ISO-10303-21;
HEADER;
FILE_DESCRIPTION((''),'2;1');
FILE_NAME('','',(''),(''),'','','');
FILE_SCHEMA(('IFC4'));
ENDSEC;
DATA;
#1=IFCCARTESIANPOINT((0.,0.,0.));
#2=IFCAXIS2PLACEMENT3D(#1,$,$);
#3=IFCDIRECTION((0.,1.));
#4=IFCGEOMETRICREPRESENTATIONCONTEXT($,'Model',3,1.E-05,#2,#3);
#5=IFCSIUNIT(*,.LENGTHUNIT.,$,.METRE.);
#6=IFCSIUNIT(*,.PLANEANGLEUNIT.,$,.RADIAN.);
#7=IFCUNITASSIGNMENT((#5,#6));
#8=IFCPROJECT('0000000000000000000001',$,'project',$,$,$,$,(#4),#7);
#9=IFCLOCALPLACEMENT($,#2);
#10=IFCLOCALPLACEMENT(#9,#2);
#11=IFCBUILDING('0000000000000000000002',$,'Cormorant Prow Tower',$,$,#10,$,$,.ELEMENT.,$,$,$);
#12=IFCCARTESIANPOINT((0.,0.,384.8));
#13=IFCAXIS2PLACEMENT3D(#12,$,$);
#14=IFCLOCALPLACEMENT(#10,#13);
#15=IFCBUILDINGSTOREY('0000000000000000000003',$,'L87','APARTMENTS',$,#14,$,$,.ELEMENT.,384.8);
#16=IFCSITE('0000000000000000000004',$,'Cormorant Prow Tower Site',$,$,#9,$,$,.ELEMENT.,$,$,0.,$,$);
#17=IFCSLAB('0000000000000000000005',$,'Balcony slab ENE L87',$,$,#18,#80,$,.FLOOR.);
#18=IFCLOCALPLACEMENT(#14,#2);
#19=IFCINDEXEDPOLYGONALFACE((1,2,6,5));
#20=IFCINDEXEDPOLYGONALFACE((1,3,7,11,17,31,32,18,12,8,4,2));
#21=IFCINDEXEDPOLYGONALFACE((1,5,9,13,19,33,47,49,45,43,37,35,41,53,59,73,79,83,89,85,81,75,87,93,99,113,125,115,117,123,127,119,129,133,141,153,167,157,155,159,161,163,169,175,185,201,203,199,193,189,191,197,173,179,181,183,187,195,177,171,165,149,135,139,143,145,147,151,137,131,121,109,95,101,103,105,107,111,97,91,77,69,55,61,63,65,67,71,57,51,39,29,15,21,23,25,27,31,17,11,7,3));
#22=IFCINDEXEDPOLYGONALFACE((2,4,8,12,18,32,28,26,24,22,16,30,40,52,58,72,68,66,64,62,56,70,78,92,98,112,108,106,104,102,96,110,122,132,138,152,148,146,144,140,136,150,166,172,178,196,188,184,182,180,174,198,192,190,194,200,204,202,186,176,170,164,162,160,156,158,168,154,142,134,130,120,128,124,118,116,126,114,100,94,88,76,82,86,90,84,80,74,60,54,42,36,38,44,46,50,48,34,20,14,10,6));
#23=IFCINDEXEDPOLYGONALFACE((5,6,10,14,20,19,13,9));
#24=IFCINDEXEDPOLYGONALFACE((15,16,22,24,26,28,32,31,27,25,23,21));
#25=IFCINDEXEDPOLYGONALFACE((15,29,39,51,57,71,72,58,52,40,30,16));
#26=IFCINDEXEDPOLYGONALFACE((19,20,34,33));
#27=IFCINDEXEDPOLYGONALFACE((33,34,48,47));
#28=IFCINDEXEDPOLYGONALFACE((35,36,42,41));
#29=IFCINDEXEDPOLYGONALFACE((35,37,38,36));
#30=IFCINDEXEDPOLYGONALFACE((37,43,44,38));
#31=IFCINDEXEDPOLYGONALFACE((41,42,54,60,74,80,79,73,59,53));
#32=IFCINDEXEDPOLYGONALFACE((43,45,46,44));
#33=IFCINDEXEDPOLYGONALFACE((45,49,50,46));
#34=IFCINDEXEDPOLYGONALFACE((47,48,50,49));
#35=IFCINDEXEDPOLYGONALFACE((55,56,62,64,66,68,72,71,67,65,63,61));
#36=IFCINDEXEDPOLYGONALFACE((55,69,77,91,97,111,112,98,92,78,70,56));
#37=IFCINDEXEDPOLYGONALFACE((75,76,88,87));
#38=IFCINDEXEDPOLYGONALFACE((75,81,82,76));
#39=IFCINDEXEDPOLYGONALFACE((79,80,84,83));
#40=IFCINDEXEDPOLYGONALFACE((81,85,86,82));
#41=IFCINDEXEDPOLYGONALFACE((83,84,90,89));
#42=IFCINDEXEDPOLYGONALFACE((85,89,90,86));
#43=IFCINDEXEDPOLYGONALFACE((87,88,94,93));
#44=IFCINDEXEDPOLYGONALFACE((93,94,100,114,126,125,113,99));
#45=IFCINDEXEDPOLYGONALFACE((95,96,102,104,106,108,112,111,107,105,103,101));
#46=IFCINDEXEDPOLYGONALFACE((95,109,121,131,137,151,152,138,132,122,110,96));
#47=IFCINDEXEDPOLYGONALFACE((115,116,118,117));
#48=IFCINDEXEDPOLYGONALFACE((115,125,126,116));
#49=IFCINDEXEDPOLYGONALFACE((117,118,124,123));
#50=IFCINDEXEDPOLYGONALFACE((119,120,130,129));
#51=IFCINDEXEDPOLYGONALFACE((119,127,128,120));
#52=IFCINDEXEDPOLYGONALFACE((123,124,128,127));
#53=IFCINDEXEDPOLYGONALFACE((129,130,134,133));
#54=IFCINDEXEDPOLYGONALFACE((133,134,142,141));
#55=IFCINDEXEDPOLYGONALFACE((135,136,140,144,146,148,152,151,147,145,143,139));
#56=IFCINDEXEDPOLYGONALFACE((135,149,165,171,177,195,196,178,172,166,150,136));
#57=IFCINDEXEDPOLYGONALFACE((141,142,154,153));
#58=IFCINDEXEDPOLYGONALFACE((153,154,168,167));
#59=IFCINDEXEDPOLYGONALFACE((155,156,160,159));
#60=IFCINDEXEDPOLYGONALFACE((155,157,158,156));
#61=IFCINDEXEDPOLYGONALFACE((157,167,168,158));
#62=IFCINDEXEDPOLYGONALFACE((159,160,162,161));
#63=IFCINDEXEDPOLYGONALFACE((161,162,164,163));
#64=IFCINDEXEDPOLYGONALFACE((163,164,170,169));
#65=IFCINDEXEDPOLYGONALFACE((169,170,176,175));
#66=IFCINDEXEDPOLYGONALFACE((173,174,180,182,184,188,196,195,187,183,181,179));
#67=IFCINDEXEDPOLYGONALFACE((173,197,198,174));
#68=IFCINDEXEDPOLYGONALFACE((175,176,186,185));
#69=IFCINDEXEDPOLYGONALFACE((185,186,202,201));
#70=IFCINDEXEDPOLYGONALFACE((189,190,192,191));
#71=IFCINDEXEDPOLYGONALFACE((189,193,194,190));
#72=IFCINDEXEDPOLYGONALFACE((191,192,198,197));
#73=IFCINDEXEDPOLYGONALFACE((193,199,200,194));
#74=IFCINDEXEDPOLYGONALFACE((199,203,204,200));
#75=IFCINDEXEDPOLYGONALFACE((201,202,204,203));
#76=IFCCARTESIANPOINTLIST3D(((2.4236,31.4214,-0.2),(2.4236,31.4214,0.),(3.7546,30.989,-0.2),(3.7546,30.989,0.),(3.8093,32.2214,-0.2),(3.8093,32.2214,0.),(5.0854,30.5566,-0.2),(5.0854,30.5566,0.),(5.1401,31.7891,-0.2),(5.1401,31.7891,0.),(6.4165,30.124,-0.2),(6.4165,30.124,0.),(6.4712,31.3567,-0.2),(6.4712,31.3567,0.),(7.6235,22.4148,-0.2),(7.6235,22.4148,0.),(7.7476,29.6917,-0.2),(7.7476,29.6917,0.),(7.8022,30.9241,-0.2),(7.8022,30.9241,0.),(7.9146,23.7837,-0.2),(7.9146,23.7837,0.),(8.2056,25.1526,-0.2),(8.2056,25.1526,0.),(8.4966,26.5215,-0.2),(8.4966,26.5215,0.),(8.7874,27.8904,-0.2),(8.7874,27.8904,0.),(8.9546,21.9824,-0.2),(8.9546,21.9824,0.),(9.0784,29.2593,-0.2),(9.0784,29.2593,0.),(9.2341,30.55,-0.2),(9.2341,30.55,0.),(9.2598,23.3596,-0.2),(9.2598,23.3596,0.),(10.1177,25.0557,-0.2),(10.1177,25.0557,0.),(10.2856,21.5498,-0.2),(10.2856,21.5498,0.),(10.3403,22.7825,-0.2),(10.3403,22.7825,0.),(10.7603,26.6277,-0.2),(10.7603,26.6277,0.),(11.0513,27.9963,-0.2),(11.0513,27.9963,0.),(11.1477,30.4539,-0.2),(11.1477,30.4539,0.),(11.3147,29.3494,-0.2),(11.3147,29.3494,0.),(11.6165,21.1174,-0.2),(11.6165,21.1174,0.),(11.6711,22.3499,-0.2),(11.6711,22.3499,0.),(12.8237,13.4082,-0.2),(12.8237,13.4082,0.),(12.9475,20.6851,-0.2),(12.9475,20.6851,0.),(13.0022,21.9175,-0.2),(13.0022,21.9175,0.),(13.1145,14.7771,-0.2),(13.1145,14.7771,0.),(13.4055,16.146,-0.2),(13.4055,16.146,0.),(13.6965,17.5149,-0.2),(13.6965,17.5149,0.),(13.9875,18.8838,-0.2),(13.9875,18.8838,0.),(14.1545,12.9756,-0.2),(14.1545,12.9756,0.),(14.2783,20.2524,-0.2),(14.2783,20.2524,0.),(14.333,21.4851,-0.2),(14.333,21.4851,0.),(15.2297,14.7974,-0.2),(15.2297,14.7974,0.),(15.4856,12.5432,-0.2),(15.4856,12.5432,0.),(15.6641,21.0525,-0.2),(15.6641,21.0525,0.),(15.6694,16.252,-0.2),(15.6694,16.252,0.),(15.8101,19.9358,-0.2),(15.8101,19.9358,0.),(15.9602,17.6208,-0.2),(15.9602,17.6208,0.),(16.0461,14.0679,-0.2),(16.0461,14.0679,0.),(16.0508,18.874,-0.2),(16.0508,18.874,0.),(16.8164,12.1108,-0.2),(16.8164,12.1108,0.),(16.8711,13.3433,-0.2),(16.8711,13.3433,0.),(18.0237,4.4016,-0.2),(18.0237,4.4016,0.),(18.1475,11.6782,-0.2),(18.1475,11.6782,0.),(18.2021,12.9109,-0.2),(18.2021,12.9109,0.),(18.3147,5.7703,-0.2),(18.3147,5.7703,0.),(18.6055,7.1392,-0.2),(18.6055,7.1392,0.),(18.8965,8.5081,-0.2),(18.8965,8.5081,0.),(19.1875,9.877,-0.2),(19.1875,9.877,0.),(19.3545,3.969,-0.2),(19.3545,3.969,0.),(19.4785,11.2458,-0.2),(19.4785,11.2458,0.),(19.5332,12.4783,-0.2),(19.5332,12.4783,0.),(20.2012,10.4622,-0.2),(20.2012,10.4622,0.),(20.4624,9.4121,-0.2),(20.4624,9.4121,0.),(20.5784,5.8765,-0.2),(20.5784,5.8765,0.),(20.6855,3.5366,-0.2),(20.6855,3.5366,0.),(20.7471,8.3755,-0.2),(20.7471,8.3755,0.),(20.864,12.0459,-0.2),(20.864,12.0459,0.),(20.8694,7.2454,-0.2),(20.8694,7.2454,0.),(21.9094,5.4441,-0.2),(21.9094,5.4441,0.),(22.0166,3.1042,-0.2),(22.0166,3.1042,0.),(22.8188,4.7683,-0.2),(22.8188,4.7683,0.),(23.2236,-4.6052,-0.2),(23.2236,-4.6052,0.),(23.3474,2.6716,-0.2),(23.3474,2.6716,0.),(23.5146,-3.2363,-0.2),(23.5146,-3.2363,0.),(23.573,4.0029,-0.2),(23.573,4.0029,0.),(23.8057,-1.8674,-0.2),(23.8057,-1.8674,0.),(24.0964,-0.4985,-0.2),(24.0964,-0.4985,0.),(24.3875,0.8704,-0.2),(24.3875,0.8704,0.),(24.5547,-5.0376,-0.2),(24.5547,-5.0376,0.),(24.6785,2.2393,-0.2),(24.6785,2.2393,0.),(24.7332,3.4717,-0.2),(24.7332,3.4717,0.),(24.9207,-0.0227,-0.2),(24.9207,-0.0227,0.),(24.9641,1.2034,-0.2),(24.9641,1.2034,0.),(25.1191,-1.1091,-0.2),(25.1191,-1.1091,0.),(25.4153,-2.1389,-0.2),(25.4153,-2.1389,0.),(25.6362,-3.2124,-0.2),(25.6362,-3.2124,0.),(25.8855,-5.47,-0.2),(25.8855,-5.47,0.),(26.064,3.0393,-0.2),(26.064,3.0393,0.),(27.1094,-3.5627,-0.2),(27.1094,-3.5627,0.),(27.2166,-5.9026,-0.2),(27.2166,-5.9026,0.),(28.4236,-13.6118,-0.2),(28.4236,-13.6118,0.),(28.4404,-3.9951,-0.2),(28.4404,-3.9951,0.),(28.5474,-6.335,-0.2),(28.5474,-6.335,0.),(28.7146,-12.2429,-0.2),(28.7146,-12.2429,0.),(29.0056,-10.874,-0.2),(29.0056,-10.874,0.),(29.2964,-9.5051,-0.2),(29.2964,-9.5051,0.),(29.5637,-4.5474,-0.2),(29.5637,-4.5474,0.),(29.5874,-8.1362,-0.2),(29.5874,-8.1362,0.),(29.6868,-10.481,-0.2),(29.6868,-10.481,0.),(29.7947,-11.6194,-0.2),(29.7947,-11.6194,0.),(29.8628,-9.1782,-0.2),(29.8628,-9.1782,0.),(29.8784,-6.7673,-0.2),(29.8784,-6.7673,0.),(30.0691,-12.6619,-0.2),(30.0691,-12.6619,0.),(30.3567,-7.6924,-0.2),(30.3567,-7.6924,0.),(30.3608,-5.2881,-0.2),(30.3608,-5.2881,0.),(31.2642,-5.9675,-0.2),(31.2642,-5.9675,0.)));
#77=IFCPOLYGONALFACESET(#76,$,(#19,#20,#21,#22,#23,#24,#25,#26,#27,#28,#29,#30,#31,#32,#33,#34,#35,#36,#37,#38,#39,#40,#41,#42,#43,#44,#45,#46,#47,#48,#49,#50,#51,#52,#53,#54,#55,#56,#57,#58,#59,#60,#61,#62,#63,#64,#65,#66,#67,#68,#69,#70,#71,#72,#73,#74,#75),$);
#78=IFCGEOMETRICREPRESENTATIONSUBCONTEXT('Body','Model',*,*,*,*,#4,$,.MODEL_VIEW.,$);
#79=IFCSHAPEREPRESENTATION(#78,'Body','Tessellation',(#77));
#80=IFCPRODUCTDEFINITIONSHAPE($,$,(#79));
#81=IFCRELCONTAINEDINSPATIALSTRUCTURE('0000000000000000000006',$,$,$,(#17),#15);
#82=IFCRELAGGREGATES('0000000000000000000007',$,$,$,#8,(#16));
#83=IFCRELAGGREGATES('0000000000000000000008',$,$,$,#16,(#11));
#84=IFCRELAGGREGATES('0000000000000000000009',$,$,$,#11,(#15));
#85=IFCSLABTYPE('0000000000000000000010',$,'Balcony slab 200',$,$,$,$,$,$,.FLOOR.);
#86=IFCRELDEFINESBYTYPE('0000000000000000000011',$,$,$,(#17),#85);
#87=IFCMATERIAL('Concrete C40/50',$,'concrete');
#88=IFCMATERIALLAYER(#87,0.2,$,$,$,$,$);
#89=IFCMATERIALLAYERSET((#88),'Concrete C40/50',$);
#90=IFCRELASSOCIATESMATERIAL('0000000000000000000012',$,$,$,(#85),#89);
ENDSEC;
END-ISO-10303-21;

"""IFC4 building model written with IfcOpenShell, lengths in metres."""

from ifc_helpers import new_model, si_unit, direction, frame, origin, place, context, subcontext, project, spatial, polyline, outline, extrude, material, layer, layer_set, type_object, element, save


model = new_model("IFC4")

# Units and contexts
model_context = context("Model", 3, precision=1e-05, world=origin(), true_north=direction((0.0, 1.0)))
body_context = subcontext(model_context, "Body", "Model", "MODEL_VIEW")
ifc_project = project(units=[si_unit("LENGTHUNIT", "METRE"), si_unit("PLANEANGLEUNIT", "RADIAN")], contexts=[model_context])

# Site, building, storey
site_placement = place(None, origin())
site = spatial("IfcSite", under=ifc_project, at=site_placement, Name="Cormorant Prow Tower Site", CompositionType="ELEMENT", RefElevation=0.0)
building_placement = place(site_placement, origin())
building = spatial("IfcBuilding", under=site, at=building_placement, Name="Cormorant Prow Tower", CompositionType="ELEMENT")
storey_placement = place(building_placement, frame((0.0, 0.0, 384.8)))
storey = spatial("IfcBuildingStorey", under=building, at=storey_placement, Name="L87", Description="APARTMENTS", CompositionType="ELEMENT", Elevation=384.8)

# Slab
ifc_material_1 = material(Name="Concrete C40/50", Category="concrete")
ifc_layer_1 = layer(ifc_material_1, 0.2)
ifc_layer_set_1 = layer_set([ifc_layer_1], Name="Concrete C40/50")
slab_type_1 = type_object("IfcSlabType", Name="Balcony slab 200", PredefinedType="FLOOR", material=ifc_layer_set_1)
slab_1_placement = place(storey_placement, frame((0.0, 0.0, -0.2)))
element("IfcSlab", 1, at=slab_1_placement, inside=storey, type_object=slab_type_1, Name="Balcony slab ENE L87", PredefinedType="FLOOR", context=body_context, shape_type="SweptSolid", body=[
    extrude(outline(polyline([(28.4236, -13.6118), (30.0691, -12.6619), (29.7947, -11.6194), (29.6868, -10.481), (29.8628, -9.1782), (30.3567, -7.6924), (31.2642, -5.9675), (30.3608, -5.2881), (29.5637, -4.5474), (28.4404, -3.9951), (27.1094, -3.5627), (25.6362, -3.2124), (25.4153, -2.1389), (25.1191, -1.1091), (24.9207, -0.0227), (24.9641, 1.2034), (26.064, 3.0393), (24.7332, 3.4717), (23.573, 4.0029), (22.8188, 4.7683), (21.9094, 5.4441), (20.5784, 5.8765), (20.8694, 7.2454), (20.7471, 8.3755), (20.4624, 9.4121), (20.2012, 10.4622), (20.864, 12.0459), (19.5332, 12.4783), (18.2021, 12.9109), (16.8711, 13.3433), (16.0461, 14.0679), (15.2297, 14.7974), (15.6694, 16.252), (15.9602, 17.6208), (16.0508, 18.874), (15.8101, 19.9358), (15.6641, 21.0525), (14.333, 21.4851), (13.0022, 21.9175), (11.6711, 22.3499), (10.3403, 22.7825), (9.2598, 23.3596), (10.1177, 25.0557), (10.7603, 26.6277), (11.0513, 27.9963), (11.3147, 29.3494), (11.1477, 30.4539), (9.2341, 30.55), (7.8022, 30.9241), (6.4712, 31.3567), (5.1401, 31.7891), (3.8093, 32.2214), (2.4236, 31.4214), (3.7546, 30.989), (5.0854, 30.5566), (6.4165, 30.124), (7.7476, 29.6917), (9.0784, 29.2593), (8.7874, 27.8904), (8.4966, 26.5215), (8.2056, 25.1526), (7.9146, 23.7837), (7.6235, 22.4148), (8.9546, 21.9824), (10.2856, 21.5498), (11.6165, 21.1174), (12.9475, 20.6851), (14.2783, 20.2524), (13.9875, 18.8838), (13.6965, 17.5149), (13.4055, 16.146), (13.1145, 14.7771), (12.8237, 13.4082), (14.1545, 12.9756), (15.4856, 12.5432), (16.8164, 12.1108), (18.1475, 11.6782), (19.4785, 11.2458), (19.1875, 9.877), (18.8965, 8.5081), (18.6055, 7.1392), (18.3147, 5.7703), (18.0237, 4.4016), (19.3545, 3.969), (20.6855, 3.5366), (22.0166, 3.1042), (23.3474, 2.6716), (24.6785, 2.2393), (24.3875, 0.8704), (24.0964, -0.4985), (23.8057, -1.8674), (23.5146, -3.2363), (23.2236, -4.6052), (24.5547, -5.0376), (25.8855, -5.47), (27.2166, -5.9026), (28.5474, -6.335), (29.8784, -6.7673), (29.5874, -8.1362), (29.2964, -9.5051), (29.0056, -10.874), (28.7146, -12.2429), (28.4236, -13.6118)])), origin(), (0.0, 0.0, 1.0), 0.2),
])

save(model, "model.ifc")
